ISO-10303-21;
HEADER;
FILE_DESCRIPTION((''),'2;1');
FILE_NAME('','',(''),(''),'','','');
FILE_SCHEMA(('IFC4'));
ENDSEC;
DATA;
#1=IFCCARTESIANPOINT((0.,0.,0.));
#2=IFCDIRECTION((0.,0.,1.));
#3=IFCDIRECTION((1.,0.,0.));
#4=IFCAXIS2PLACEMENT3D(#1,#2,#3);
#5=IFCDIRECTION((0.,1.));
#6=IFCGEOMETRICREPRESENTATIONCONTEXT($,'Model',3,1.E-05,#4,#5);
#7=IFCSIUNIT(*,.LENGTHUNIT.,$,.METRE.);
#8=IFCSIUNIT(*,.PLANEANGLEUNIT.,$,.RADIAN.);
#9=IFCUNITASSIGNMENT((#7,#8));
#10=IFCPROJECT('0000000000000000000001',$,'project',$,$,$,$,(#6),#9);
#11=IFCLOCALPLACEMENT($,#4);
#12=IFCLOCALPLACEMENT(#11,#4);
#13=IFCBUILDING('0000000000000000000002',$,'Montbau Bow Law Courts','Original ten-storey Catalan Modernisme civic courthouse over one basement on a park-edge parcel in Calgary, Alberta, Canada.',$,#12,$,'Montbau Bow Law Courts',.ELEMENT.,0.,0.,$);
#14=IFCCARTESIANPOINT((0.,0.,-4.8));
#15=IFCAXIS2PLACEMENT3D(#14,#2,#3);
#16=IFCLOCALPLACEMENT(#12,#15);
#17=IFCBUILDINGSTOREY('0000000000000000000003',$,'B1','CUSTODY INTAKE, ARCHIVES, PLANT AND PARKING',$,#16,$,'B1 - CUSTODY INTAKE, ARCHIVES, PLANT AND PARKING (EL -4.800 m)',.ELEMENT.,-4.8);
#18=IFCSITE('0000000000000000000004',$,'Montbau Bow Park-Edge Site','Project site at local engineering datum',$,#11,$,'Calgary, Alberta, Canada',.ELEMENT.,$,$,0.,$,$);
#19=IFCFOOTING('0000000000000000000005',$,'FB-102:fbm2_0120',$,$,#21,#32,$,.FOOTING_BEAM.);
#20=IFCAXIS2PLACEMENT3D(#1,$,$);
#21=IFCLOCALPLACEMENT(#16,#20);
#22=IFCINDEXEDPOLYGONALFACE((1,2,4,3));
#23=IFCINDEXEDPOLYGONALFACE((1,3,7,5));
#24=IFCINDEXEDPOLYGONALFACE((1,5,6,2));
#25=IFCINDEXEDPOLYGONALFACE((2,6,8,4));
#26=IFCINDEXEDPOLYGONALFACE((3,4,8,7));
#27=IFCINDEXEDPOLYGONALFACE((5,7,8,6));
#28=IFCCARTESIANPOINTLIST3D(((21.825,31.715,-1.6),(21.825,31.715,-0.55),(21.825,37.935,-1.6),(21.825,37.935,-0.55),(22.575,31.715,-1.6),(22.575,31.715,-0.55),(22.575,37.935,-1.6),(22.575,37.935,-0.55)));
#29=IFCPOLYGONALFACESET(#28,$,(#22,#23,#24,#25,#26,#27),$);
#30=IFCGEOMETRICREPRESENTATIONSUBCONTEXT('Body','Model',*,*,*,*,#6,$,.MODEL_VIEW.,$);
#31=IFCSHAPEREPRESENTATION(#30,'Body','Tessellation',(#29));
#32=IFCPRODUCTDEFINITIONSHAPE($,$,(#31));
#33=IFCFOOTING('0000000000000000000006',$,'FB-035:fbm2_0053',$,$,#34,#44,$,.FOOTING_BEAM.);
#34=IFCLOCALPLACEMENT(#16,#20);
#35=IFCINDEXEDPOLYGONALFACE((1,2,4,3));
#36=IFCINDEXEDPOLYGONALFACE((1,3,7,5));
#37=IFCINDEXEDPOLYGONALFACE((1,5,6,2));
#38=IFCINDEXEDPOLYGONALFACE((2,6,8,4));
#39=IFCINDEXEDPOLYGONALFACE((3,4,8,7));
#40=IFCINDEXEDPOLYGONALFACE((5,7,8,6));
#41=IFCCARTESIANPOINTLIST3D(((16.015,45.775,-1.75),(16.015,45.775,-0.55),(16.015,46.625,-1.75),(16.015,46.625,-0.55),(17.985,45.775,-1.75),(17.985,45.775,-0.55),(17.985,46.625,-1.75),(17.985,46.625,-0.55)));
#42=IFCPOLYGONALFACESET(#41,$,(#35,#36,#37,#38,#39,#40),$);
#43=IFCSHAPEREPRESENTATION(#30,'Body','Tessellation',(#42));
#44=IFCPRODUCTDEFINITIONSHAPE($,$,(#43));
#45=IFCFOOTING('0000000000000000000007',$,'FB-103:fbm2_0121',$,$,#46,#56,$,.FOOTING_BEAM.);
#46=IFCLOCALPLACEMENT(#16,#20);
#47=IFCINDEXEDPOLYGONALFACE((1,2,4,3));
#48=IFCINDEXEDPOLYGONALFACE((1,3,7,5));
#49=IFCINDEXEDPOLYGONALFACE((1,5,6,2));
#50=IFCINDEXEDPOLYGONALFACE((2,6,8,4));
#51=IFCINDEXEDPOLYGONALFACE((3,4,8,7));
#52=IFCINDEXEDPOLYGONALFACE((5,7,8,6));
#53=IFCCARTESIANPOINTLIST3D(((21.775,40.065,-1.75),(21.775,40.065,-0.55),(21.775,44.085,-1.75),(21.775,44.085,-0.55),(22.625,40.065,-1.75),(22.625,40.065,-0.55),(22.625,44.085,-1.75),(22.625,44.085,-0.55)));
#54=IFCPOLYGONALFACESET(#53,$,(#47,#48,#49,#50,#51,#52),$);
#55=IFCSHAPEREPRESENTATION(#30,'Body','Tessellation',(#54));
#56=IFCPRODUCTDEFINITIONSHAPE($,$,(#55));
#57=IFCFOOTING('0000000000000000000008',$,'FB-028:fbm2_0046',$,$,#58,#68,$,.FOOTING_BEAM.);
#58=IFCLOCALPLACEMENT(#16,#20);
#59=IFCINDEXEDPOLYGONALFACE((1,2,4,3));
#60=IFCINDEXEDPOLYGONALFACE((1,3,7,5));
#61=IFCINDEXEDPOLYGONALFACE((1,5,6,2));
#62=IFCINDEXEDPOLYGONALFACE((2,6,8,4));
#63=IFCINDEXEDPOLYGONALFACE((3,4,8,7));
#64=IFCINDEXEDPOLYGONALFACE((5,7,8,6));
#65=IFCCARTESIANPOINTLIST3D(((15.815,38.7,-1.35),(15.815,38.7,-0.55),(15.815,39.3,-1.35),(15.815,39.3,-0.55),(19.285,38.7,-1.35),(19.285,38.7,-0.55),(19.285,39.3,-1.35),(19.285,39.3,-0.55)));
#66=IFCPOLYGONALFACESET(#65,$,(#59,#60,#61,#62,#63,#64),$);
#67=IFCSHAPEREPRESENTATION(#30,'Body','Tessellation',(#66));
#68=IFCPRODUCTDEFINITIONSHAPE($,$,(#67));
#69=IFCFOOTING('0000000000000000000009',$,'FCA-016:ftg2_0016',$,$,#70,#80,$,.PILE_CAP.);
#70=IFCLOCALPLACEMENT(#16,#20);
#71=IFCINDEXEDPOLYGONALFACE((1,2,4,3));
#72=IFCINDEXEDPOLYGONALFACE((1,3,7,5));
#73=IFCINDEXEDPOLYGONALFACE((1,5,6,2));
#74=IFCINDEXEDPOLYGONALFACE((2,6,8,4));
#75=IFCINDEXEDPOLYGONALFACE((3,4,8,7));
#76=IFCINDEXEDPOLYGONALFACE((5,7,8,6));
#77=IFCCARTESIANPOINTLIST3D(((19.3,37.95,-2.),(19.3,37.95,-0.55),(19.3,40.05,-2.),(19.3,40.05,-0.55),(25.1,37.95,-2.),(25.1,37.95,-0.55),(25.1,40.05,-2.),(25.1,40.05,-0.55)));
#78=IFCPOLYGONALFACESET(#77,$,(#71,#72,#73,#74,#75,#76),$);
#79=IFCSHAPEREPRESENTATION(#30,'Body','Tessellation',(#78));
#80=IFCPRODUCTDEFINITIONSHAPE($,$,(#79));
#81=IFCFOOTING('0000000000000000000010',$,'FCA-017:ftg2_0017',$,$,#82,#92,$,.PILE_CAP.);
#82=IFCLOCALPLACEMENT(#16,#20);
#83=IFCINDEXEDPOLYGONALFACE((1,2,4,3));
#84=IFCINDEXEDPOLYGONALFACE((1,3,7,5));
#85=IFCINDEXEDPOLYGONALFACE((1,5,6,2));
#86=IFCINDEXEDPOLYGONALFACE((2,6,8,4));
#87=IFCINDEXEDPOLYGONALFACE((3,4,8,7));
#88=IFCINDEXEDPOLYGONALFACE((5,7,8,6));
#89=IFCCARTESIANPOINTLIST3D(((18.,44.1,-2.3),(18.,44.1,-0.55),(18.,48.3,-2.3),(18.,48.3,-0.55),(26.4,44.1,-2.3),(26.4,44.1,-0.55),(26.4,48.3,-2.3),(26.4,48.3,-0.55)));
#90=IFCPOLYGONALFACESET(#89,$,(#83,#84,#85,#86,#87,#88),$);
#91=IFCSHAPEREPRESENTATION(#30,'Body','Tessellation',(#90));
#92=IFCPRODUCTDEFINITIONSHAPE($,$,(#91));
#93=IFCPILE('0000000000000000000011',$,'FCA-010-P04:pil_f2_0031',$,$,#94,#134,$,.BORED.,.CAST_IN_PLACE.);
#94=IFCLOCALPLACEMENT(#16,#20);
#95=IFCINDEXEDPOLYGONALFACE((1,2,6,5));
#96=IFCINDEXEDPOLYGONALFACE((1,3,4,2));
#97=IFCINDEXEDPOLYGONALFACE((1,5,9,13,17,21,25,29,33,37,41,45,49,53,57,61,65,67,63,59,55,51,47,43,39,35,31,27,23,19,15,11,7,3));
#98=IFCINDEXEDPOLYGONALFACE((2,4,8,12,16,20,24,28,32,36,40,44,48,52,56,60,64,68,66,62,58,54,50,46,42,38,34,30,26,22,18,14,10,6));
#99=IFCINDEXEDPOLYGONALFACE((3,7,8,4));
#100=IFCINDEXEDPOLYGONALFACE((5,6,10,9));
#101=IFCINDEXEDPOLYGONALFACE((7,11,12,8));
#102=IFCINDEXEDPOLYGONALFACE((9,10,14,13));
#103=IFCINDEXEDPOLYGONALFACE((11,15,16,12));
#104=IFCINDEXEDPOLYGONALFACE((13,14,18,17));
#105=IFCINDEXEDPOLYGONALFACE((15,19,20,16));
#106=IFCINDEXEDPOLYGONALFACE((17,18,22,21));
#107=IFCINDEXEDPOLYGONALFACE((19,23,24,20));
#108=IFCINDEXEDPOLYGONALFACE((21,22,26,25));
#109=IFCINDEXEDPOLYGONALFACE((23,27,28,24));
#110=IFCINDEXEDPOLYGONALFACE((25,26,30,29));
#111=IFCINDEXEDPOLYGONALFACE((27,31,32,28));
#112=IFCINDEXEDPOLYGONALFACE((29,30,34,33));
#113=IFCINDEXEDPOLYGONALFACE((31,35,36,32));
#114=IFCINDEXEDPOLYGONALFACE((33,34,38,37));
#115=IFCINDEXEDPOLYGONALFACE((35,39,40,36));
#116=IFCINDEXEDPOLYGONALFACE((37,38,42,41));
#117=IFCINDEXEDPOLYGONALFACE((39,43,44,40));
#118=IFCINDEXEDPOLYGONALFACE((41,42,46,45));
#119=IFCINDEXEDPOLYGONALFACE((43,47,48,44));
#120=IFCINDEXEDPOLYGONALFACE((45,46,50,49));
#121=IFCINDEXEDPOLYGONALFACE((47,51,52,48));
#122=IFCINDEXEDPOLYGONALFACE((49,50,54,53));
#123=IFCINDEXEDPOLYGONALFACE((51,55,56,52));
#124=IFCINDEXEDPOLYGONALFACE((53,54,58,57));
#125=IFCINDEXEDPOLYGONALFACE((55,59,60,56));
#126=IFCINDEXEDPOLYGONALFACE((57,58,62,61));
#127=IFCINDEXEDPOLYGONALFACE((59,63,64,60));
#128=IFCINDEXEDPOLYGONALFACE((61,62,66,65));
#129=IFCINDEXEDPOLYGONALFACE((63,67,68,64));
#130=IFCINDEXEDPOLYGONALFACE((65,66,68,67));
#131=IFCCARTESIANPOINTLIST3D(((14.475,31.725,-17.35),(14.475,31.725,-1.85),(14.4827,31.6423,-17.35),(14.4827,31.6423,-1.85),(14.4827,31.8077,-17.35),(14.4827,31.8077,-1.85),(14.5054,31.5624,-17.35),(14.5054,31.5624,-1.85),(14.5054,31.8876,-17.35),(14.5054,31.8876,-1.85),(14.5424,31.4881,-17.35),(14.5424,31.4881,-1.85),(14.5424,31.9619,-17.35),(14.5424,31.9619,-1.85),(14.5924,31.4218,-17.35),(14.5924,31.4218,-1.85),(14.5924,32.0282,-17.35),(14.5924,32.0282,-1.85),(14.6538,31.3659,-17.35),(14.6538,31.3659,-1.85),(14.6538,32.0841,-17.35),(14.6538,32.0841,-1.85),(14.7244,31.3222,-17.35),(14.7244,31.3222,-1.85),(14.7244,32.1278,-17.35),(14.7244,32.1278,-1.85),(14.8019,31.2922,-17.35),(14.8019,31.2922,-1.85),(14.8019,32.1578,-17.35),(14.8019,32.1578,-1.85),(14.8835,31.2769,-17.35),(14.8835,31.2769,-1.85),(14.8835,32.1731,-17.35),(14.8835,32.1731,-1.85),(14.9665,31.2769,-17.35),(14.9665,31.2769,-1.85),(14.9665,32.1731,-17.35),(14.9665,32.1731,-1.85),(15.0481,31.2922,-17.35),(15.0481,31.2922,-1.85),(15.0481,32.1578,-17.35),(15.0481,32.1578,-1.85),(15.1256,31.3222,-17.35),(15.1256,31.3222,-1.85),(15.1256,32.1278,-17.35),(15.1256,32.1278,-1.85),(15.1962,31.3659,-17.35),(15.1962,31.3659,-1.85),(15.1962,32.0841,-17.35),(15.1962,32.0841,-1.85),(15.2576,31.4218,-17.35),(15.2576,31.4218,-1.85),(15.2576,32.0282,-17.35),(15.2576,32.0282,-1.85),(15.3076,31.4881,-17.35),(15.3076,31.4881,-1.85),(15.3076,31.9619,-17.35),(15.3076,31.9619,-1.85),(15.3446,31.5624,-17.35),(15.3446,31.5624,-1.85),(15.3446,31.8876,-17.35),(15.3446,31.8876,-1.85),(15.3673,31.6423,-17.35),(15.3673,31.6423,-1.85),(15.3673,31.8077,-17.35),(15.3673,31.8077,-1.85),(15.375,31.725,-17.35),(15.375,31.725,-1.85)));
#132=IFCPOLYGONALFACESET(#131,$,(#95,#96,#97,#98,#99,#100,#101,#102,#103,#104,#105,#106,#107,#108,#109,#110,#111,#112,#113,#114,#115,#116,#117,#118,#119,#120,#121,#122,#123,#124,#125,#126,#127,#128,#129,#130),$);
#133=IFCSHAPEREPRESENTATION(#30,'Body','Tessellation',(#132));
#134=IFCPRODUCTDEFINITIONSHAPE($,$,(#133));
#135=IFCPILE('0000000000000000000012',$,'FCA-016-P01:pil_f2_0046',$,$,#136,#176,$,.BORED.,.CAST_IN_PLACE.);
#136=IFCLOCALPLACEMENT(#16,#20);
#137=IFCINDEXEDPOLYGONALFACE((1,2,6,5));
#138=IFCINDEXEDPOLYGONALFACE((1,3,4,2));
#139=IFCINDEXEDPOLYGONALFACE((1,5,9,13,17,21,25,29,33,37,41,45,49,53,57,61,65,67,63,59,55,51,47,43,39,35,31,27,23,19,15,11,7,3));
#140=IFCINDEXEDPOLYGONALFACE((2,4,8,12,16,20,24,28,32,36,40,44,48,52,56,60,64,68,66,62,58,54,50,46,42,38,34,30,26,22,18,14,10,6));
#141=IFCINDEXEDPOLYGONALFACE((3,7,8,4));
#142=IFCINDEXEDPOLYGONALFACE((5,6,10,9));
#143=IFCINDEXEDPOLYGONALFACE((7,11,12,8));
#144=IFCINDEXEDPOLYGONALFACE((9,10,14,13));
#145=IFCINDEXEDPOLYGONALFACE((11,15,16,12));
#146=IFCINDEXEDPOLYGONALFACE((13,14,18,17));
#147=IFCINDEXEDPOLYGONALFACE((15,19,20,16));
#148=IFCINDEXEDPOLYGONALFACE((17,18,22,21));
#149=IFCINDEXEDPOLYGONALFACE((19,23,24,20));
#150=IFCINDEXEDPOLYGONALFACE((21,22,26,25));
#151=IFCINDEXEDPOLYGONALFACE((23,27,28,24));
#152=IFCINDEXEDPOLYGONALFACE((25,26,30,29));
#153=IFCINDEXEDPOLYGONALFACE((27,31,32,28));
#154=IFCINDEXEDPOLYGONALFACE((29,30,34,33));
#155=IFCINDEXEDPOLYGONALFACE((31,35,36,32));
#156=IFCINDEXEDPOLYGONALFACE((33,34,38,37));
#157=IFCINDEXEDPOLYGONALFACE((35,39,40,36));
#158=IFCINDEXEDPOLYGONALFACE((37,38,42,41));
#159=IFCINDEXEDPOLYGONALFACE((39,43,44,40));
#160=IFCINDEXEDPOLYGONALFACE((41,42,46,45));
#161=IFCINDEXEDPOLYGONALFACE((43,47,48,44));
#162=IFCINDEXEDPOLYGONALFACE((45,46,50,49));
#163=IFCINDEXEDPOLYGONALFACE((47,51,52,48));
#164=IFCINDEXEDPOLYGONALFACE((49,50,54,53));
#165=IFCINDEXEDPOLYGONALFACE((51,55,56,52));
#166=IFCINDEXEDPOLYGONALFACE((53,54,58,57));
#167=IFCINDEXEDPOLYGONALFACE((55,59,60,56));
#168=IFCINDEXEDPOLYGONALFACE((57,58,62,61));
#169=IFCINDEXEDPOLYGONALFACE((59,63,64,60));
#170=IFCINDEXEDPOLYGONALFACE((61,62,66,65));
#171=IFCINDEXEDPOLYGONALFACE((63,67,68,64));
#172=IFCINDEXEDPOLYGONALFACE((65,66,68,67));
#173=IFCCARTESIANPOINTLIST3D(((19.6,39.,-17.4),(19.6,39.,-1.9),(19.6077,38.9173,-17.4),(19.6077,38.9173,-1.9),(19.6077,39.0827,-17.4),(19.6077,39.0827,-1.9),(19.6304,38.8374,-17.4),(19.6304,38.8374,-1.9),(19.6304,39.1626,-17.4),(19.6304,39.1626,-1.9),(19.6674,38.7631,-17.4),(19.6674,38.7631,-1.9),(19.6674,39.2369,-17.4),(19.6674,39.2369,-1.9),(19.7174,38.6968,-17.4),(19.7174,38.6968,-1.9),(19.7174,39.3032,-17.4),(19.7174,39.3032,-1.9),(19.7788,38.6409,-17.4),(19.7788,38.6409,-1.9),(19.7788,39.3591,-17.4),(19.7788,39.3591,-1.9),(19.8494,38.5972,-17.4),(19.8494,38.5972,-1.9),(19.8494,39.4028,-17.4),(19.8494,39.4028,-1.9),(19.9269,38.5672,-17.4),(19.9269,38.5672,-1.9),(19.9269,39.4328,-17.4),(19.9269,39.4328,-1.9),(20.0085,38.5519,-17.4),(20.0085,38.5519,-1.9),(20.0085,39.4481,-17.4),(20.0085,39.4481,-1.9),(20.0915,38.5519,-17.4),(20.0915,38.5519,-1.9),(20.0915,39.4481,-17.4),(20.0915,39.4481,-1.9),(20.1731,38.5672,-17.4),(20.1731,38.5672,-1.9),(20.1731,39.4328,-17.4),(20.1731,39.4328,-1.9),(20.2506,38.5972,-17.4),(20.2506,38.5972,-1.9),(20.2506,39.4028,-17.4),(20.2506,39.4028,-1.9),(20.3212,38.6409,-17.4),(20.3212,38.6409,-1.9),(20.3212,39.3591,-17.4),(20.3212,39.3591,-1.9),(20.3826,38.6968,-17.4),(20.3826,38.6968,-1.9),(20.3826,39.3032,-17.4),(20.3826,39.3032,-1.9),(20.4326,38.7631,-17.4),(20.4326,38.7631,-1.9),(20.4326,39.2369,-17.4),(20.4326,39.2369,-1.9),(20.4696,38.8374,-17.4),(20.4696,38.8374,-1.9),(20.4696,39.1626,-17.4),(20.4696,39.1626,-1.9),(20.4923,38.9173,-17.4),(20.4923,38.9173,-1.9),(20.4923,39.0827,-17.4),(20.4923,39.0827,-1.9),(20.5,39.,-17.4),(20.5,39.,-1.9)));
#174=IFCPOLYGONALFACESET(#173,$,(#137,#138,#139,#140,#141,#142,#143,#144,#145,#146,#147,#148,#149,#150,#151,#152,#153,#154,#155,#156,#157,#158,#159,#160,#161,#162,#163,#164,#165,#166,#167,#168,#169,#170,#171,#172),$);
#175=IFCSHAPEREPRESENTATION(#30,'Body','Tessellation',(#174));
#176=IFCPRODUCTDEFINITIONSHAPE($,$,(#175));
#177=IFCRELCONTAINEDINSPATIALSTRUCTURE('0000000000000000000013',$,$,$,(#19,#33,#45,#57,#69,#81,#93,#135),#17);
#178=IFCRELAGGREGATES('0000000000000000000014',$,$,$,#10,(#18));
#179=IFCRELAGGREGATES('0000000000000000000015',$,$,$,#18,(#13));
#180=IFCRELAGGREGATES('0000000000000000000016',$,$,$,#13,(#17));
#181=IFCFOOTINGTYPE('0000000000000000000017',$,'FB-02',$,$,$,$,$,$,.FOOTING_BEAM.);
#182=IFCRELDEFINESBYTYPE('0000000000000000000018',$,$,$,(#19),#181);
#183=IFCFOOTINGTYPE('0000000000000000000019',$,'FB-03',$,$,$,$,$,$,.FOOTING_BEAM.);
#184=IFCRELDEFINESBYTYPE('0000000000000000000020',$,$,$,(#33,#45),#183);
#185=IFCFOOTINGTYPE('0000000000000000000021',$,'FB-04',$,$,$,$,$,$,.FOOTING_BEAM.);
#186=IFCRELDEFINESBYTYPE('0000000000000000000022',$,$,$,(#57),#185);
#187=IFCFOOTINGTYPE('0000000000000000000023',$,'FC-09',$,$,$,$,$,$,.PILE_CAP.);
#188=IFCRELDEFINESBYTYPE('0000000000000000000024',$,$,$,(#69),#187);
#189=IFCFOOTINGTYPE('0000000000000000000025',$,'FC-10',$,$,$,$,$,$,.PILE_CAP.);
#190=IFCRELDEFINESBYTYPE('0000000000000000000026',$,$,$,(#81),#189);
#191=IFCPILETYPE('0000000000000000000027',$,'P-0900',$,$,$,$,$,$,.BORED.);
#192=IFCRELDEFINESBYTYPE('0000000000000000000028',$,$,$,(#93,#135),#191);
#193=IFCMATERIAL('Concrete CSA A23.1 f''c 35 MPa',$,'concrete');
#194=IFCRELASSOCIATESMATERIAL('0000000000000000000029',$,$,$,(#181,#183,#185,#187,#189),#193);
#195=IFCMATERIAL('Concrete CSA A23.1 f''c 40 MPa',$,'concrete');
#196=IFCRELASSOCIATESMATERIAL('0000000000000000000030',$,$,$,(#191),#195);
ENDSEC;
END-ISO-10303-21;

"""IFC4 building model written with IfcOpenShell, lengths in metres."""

from ifc_helpers import new_model, si_unit, direction, frame, origin_with_axes, origin_2d_with_axis, place, context, subcontext, project, spatial, rectangle, circle, extrude, material, material_profile, profile_set, type_object, element, save


model = new_model("IFC4")

# Units and contexts
model_context = context("Model", 3, precision=1e-05, world=origin_with_axes(), true_north=direction((0.0, 1.0)))
body_context = subcontext(model_context, "Body", "Model", "MODEL_VIEW")
ifc_project = project(units=[si_unit("LENGTHUNIT", "METRE"), si_unit("PLANEANGLEUNIT", "RADIAN")], contexts=[model_context])

# Site, building, storey
site_placement = place(None, origin_with_axes())
site = spatial("IfcSite", under=ifc_project, at=site_placement, Name="Montbau Bow Park-Edge Site", Description="Project site at local engineering datum", LongName="Calgary, Alberta, Canada", CompositionType="ELEMENT", RefElevation=0.0)
building_placement = place(site_placement, origin_with_axes())
building = spatial("IfcBuilding", under=site, at=building_placement, Name="Montbau Bow Law Courts", Description="Original ten-storey Catalan Modernisme civic courthouse over one basement on a park-edge parcel in Calgary, Alberta, Canada.", LongName="Montbau Bow Law Courts", CompositionType="ELEMENT", ElevationOfRefHeight=0.0, ElevationOfTerrain=0.0)
storey_placement = place(building_placement, frame((0.0, 0.0, -4.8), z_axis=(0.0, 0.0, 1.0), x_axis=(1.0, 0.0, 0.0)))
storey = spatial("IfcBuildingStorey", under=building, at=storey_placement, Name="B1", Description="CUSTODY INTAKE, ARCHIVES, PLANT AND PARKING", LongName="B1 - CUSTODY INTAKE, ARCHIVES, PLANT AND PARKING (EL -4.800 m)", CompositionType="ELEMENT", Elevation=-4.8)

# Footings
ifc_material_1 = material(Name="Concrete CSA A23.1 f'c 35 MPa", Category="concrete")
footing_type_1 = type_object("IfcFootingType", Name="FB-02", PredefinedType="FOOTING_BEAM", material=ifc_material_1)
footing_1_placement = place(None, frame((22.2, 34.825, -6.4), z_axis=(0.0, 0.0, 1.0), x_axis=(0.0, 1.0, 0.0)))
element("IfcFooting", 1, at=footing_1_placement, inside=storey, type_object=footing_type_1, Name="FB-102:fbm2_0120", PredefinedType="FOOTING_BEAM", context=body_context, shape_type="SweptSolid", body=[
    extrude(rectangle(XDim=6.22, YDim=0.75, at=origin_2d_with_axis()), origin_with_axes(), (0.0, 0.0, 1.0), 1.05),
])
footing_type_2 = type_object("IfcFootingType", Name="FB-03", PredefinedType="FOOTING_BEAM", material=ifc_material_1)
footing_2_placement = place(None, frame((17.0, 46.2, -6.55), z_axis=(0.0, 0.0, 1.0), x_axis=(1.0, 0.0, 0.0)))
element("IfcFooting", 2, at=footing_2_placement, inside=storey, type_object=footing_type_2, Name="FB-035:fbm2_0053", PredefinedType="FOOTING_BEAM", context=body_context, shape_type="SweptSolid", body=[
    extrude(rectangle(XDim=1.97, YDim=0.85, at=origin_2d_with_axis()), origin_with_axes(), (0.0, 0.0, 1.0), 1.2),
])
footing_3_placement = place(None, frame((22.2, 42.075, -6.55), z_axis=(0.0, 0.0, 1.0), x_axis=(0.0, 1.0, 0.0)))
element("IfcFooting", 3, at=footing_3_placement, inside=storey, type_object=footing_type_2, Name="FB-103:fbm2_0121", PredefinedType="FOOTING_BEAM", context=body_context, shape_type="SweptSolid", body=[
    extrude(rectangle(XDim=4.02, YDim=0.85, at=origin_2d_with_axis()), origin_with_axes(), (0.0, 0.0, 1.0), 1.2),
])
footing_type_3 = type_object("IfcFootingType", Name="FB-04", PredefinedType="FOOTING_BEAM", material=ifc_material_1)
footing_4_placement = place(None, frame((17.55, 39.0, -6.15), z_axis=(0.0, 0.0, 1.0), x_axis=(1.0, 0.0, 0.0)))
element("IfcFooting", 4, at=footing_4_placement, inside=storey, type_object=footing_type_3, Name="FB-028:fbm2_0046", PredefinedType="FOOTING_BEAM", context=body_context, shape_type="SweptSolid", body=[
    extrude(rectangle(XDim=3.47, YDim=0.6, at=origin_2d_with_axis()), origin_with_axes(), (0.0, 0.0, 1.0), 0.8),
])
footing_type_4 = type_object("IfcFootingType", Name="FC-09", PredefinedType="PILE_CAP", material=ifc_material_1)
footing_5_placement = place(None, frame((22.2, 39.0, -6.8), z_axis=(0.0, 0.0, 1.0), x_axis=(1.0, 0.0, 0.0)))
element("IfcFooting", 5, at=footing_5_placement, inside=storey, type_object=footing_type_4, Name="FCA-016:ftg2_0016", PredefinedType="PILE_CAP", context=body_context, shape_type="SweptSolid", body=[
    extrude(rectangle(XDim=5.8, YDim=2.1, at=origin_2d_with_axis()), origin_with_axes(), (0.0, 0.0, 1.0), 1.45),
])
footing_type_5 = type_object("IfcFootingType", Name="FC-10", PredefinedType="PILE_CAP", material=ifc_material_1)
footing_6_placement = place(None, frame((22.2, 46.2, -7.1), z_axis=(0.0, 0.0, 1.0), x_axis=(1.0, 0.0, 0.0)))
element("IfcFooting", 6, at=footing_6_placement, inside=storey, type_object=footing_type_5, Name="FCA-017:ftg2_0017", PredefinedType="PILE_CAP", context=body_context, shape_type="SweptSolid", body=[
    extrude(rectangle(XDim=8.4, YDim=4.2, at=origin_2d_with_axis()), origin_with_axes(), (0.0, 0.0, 1.0), 1.75),
])

# Piles
ifc_material_2 = material(Name="Concrete CSA A23.1 f'c 40 MPa", Category="concrete")
ifc_material_profile_1 = material_profile(ifc_material_2, circle(Radius=0.45, at=origin_2d_with_axis()), Name="BP900", Category="Main", Priority=0)
ifc_profile_set_1 = profile_set([ifc_material_profile_1], Name="Concrete CSA A23.1 f'c 40 MPa")
pile_type_1 = type_object("IfcPileType", Name="P-0900", PredefinedType="BORED", material=ifc_profile_set_1)
for number, where, z_axis, x_axis, name in (
    (7, (14.925, 31.725, -22.15), (0.0, 0.0, 1.0), (1.0, 0.0, 0.0), "FCA-010-P04:pil_f2_0031"),
    (8, (20.05, 39.0, -22.2), (0.0, 0.0, 1.0), (1.0, 0.0, 0.0), "FCA-016-P01:pil_f2_0046"),
):
    element("IfcPile", number, at=place(None, frame(where, z_axis=z_axis, x_axis=x_axis)), inside=storey, type_object=pile_type_1, Name=name, ConstructionType="CAST_IN_PLACE", PredefinedType="BORED", context=body_context, shape_type="SweptSolid", body=[
        extrude(circle(Radius=0.45, at=origin_2d_with_axis()), origin_with_axes(), (0.0, 0.0, 1.0), 15.5),
    ])

save(model, "model.ifc")
